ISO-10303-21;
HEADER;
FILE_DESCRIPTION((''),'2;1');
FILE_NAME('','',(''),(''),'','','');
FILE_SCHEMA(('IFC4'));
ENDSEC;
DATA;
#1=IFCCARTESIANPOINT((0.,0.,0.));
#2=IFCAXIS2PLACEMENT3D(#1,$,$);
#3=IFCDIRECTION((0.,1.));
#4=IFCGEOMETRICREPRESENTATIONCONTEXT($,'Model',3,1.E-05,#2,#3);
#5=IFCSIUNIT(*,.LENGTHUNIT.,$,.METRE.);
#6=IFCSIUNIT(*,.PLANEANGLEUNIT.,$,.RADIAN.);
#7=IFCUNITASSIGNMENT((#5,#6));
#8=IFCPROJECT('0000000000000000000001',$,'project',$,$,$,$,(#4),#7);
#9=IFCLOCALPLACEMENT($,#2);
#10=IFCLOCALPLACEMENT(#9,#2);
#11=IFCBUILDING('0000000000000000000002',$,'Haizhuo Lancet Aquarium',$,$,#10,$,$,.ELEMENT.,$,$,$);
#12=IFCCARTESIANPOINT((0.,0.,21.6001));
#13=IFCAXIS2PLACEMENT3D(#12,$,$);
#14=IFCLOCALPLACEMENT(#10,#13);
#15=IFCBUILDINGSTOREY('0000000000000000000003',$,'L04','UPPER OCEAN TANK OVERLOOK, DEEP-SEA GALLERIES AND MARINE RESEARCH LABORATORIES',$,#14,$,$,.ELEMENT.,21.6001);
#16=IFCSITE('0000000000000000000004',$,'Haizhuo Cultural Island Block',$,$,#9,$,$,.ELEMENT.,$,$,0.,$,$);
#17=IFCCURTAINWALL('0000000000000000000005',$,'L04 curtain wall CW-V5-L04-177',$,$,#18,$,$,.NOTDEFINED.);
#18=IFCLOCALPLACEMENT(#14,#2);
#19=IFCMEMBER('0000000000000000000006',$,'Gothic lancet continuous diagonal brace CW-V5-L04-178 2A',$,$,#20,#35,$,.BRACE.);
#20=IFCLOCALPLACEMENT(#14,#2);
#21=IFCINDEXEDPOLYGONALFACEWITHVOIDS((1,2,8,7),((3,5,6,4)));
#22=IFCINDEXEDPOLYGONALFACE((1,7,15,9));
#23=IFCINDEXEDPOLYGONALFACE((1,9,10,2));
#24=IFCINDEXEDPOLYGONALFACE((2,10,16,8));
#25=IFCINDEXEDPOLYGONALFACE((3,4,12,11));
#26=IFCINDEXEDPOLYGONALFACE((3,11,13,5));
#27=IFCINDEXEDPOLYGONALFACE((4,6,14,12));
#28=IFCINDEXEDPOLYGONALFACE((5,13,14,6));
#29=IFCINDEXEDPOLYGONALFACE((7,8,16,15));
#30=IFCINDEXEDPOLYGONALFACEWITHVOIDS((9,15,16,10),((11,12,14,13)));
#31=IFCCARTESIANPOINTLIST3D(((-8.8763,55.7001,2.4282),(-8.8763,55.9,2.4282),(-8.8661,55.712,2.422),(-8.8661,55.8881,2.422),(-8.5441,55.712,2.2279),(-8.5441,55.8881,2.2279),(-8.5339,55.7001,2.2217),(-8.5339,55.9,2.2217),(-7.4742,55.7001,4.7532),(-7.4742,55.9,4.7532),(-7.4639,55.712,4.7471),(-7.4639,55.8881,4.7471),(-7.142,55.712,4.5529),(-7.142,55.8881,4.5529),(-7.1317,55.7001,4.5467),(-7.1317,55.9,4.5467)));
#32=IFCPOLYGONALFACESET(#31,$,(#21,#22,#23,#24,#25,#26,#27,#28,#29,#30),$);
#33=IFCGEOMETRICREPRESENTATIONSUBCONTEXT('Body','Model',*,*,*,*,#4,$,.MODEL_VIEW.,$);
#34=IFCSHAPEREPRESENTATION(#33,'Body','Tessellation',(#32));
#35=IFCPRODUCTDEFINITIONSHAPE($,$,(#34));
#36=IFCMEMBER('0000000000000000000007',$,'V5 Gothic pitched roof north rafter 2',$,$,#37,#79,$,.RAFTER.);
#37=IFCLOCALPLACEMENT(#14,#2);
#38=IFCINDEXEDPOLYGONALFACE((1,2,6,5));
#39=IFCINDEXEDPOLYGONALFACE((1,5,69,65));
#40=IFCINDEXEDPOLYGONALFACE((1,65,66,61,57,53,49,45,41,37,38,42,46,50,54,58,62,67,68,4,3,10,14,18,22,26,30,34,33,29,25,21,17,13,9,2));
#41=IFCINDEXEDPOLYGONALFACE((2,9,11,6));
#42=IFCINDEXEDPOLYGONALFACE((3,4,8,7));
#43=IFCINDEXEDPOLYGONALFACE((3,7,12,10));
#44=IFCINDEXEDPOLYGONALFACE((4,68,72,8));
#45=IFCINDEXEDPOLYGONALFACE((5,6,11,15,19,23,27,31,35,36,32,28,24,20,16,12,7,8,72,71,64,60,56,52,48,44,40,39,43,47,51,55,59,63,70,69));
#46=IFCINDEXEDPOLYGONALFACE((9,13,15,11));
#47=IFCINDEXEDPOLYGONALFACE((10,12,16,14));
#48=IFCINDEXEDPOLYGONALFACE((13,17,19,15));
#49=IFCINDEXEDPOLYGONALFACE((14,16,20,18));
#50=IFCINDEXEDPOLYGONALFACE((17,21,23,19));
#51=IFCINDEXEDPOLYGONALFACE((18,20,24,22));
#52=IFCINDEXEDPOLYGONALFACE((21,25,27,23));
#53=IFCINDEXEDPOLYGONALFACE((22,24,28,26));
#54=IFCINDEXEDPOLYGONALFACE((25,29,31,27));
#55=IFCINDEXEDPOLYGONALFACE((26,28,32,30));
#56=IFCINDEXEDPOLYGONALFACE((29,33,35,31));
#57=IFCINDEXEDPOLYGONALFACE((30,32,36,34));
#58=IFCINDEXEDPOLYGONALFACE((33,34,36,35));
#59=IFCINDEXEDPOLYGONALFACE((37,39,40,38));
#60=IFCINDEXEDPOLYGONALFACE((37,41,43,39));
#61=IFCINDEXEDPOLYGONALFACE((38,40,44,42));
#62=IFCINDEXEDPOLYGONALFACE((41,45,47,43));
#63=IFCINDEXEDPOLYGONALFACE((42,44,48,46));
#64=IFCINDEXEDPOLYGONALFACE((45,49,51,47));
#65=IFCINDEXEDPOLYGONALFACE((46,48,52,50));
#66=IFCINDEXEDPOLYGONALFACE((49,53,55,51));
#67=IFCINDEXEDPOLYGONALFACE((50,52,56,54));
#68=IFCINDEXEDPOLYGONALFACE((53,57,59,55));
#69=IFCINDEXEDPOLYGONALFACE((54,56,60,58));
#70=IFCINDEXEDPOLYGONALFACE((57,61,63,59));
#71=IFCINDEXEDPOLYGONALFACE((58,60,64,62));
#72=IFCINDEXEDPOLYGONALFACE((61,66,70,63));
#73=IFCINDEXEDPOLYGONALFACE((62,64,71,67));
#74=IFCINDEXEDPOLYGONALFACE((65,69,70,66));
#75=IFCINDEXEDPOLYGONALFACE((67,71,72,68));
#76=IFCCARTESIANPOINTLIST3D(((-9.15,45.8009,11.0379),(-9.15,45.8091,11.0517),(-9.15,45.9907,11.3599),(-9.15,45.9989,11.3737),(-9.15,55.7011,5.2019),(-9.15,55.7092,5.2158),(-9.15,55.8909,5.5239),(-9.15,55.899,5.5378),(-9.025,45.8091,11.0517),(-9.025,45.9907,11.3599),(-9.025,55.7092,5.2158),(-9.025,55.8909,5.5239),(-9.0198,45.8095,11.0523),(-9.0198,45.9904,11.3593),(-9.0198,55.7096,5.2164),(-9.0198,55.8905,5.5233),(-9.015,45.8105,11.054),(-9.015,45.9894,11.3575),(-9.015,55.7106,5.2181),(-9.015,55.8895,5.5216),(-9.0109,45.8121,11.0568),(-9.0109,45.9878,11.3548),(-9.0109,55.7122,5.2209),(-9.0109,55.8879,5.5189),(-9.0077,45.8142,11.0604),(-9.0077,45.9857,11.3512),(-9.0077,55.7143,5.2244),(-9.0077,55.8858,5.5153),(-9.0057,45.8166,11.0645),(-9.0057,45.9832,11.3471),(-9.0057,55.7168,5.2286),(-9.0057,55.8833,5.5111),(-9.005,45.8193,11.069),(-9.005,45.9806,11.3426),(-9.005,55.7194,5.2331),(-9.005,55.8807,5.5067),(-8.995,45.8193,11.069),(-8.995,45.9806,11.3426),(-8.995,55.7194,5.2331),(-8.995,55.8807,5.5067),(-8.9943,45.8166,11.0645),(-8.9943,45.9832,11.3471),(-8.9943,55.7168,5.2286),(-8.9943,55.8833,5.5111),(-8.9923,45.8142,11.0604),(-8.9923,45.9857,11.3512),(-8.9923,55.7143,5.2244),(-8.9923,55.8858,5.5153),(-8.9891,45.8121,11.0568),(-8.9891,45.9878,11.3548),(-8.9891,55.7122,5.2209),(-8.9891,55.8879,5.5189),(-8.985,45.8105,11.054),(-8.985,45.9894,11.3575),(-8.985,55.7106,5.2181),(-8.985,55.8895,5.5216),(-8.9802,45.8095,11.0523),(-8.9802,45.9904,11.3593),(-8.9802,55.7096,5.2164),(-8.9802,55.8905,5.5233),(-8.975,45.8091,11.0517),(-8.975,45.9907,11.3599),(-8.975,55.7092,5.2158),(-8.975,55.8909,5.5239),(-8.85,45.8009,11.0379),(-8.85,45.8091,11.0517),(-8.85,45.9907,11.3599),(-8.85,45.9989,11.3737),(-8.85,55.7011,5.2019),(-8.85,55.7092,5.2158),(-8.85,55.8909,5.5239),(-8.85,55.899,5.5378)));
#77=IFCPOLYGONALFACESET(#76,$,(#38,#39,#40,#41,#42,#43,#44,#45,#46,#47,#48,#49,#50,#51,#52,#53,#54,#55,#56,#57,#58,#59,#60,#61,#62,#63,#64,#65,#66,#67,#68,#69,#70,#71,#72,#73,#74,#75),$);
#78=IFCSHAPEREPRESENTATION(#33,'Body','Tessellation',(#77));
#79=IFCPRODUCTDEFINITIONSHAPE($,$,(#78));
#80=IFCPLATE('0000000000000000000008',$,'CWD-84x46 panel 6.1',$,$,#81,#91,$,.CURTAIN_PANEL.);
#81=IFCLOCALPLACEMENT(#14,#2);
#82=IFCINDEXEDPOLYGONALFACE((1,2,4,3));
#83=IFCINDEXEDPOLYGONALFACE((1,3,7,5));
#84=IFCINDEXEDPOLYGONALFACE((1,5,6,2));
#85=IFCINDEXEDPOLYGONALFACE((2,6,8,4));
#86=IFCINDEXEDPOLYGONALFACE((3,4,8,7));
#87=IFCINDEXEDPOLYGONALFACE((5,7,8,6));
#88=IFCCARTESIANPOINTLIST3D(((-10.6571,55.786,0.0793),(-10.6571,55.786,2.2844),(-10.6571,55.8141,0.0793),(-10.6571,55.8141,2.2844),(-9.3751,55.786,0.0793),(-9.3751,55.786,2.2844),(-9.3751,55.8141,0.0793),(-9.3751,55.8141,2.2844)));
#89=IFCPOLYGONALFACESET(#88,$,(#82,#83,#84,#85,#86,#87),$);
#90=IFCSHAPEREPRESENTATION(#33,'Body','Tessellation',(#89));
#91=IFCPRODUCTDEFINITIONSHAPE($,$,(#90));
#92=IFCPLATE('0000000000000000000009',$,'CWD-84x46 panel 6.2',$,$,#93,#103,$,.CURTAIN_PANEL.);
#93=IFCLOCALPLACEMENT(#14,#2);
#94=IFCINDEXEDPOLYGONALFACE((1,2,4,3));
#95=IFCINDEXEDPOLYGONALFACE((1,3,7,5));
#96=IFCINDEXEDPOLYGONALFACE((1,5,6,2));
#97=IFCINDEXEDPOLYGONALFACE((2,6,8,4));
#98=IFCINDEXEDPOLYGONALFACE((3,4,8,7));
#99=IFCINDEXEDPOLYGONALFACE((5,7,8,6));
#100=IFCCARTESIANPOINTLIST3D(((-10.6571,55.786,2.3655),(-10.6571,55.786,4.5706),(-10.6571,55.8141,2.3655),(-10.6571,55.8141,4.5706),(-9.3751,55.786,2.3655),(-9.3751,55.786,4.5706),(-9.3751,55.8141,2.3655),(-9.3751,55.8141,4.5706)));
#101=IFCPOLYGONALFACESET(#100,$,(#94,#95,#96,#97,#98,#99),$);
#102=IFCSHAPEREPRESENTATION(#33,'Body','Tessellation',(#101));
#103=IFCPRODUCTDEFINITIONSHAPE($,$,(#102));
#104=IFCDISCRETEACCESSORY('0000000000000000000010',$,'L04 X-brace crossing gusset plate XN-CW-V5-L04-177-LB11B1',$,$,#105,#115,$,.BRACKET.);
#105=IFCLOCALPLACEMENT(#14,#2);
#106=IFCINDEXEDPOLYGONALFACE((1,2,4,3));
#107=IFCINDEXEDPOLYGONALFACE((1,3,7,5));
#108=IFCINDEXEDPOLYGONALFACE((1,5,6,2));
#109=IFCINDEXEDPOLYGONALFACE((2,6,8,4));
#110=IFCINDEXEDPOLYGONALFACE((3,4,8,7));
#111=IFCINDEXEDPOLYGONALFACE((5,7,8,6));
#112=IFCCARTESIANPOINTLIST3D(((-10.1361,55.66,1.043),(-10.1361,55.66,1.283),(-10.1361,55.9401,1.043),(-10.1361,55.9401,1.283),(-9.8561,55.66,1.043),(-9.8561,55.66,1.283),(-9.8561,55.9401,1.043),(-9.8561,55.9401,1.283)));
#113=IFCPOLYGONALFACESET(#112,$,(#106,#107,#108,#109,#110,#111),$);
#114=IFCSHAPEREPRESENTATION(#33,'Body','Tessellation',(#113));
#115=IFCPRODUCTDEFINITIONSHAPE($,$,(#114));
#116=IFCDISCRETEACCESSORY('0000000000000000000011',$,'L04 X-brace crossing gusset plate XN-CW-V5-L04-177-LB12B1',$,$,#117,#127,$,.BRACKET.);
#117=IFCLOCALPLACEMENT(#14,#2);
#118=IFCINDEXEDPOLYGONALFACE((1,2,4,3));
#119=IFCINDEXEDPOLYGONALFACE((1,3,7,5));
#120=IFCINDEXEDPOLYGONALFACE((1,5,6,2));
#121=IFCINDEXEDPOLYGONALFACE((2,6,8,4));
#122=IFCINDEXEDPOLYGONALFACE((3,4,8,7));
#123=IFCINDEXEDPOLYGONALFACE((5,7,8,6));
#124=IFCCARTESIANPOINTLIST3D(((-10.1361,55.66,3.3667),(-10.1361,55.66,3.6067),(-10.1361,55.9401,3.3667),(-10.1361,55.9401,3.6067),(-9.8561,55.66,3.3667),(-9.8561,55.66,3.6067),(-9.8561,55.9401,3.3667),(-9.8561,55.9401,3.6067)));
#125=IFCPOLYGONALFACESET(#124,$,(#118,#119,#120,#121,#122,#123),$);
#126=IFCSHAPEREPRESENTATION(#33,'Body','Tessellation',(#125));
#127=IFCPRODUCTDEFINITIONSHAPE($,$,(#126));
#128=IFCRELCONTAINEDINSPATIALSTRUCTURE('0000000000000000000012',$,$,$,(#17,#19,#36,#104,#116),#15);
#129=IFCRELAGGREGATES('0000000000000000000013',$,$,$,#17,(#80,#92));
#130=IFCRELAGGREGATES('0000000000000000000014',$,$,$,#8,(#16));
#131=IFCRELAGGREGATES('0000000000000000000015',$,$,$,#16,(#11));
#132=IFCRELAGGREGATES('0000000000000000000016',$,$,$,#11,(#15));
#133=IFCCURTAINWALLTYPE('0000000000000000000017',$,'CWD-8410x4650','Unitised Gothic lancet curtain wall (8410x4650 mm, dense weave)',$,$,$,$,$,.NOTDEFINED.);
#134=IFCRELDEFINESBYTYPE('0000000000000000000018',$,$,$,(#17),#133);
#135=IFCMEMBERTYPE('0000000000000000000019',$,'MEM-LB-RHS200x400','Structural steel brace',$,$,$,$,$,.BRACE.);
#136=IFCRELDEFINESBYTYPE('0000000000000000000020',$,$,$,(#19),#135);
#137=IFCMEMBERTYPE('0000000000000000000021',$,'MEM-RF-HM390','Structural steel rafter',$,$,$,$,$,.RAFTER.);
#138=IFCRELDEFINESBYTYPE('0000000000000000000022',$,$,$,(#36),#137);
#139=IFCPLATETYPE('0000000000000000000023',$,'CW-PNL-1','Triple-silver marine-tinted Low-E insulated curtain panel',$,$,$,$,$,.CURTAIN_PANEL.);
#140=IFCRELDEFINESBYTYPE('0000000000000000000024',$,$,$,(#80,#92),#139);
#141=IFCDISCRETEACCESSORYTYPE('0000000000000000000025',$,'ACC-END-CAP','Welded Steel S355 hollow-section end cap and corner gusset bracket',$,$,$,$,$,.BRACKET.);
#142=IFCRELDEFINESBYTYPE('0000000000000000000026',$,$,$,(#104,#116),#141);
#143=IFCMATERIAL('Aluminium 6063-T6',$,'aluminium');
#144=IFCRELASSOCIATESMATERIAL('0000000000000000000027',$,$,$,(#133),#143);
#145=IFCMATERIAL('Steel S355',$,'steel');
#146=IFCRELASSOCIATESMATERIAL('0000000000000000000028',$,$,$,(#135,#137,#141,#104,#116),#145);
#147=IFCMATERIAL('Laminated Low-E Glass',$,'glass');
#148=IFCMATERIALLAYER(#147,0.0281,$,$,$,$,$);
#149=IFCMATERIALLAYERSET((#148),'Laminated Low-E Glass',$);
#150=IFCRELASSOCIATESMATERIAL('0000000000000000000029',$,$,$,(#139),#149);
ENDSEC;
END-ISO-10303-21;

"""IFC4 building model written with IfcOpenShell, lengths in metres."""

from ifc_helpers import new_model, si_unit, direction, frame, origin, origin_2d, place, context, subcontext, project, spatial, rectangle, hollow_rectangle, i_section, extrude, material, layer, layer_set, material_profile, profile_set, type_object, element, aggregate, save


model = new_model("IFC4")

# Units and contexts
model_context = context("Model", 3, precision=1e-05, world=origin(), true_north=direction((0.0, 1.0)))
body_context = subcontext(model_context, "Body", "Model", "MODEL_VIEW")
ifc_project = project(units=[si_unit("LENGTHUNIT", "METRE"), si_unit("PLANEANGLEUNIT", "RADIAN")], contexts=[model_context])

# Site, building, storey
site_placement = place(None, origin())
site = spatial("IfcSite", under=ifc_project, at=site_placement, Name="Haizhuo Cultural Island Block", CompositionType="ELEMENT", RefElevation=0.0)
building_placement = place(site_placement, origin())
building = spatial("IfcBuilding", under=site, at=building_placement, Name="Haizhuo Lancet Aquarium", CompositionType="ELEMENT")
storey_placement = place(building_placement, frame((0.0, 0.0, 21.6001)))
storey = spatial("IfcBuildingStorey", under=building, at=storey_placement, Name="L04", Description="UPPER OCEAN TANK OVERLOOK, DEEP-SEA GALLERIES AND MARINE RESEARCH LABORATORIES", CompositionType="ELEMENT", Elevation=21.6001)

# Shared definitions
ifc_material_1 = material(Name="Aluminium 6063-T6", Category="aluminium")
curtain_wall_type = type_object("IfcCurtainWallType", Name="CWD-8410x4650", Description="Unitised Gothic lancet curtain wall (8410x4650 mm, dense weave)", PredefinedType="NOTDEFINED", material=ifc_material_1)

# Curtain wall
curtain_wall_1_placement = place(storey_placement, origin())
curtain_wall_1 = element("IfcCurtainWall", 1, at=curtain_wall_1_placement, inside=storey, type_object=curtain_wall_type, Name="L04 curtain wall CW-V5-L04-177", PredefinedType="NOTDEFINED")

# Members
ifc_material_2 = material(Name="Steel S355", Category="steel")
ifc_material_profile_1 = material_profile(ifc_material_2, hollow_rectangle(XDim=0.2, YDim=0.3999, WallThickness=0.012, at=origin_2d()), Name="RHS 200x400x12")
ifc_profile_set_1 = profile_set([ifc_material_profile_1], Name="Steel S355")
member_type_1 = type_object("IfcMemberType", Name="MEM-LB-RHS200x400", Description="Structural steel brace", PredefinedType="BRACE", material=ifc_profile_set_1)
member_1_placement = place(storey_placement, frame((-8.7051, 55.8, 2.325), z_axis=(0.516425, 0.0, 0.856332), x_axis=(0.0, 1.0, 0.0)))
element("IfcMember", 2, at=member_1_placement, inside=storey, type_object=member_type_1, Name="Gothic lancet continuous diagonal brace CW-V5-L04-178 2A", PredefinedType="BRACE", context=body_context, shape_type="SweptSolid", body=[
    extrude(hollow_rectangle(XDim=0.2, YDim=0.3999, WallThickness=0.012, at=origin_2d()), origin(), (0.0, 0.0, 1.0), 2.7151),
])
ifc_material_profile_2 = material_profile(ifc_material_2, i_section(OverallWidth=0.3, OverallDepth=0.3899, WebThickness=0.01, FlangeThickness=0.0161, FilletRadius=0.02, at=origin_2d()), Name="HM 390x300x10x16")
ifc_profile_set_2 = profile_set([ifc_material_profile_2], Name="Steel S355")
member_type_2 = type_object("IfcMemberType", Name="MEM-RF-HM390", Description="Structural steel rafter", PredefinedType="RAFTER", material=ifc_profile_set_2)
member_2_placement = place(storey_placement, frame((-9.0, 55.8, 5.3699), z_axis=(0.0, -0.861465, 0.507816), x_axis=(1.0, 0.0, 0.0)))
element("IfcMember", 3, at=member_2_placement, inside=storey, type_object=member_type_2, Name="V5 Gothic pitched roof north rafter 2", PredefinedType="RAFTER", context=body_context, shape_type="SweptSolid", body=[
    extrude(i_section(OverallWidth=0.3, OverallDepth=0.3899, WebThickness=0.01, FlangeThickness=0.0161, FilletRadius=0.02, at=origin_2d()), origin(), (0.0, 0.0, 1.0), 11.4922),
])

# Plates
ifc_material_3 = material(Name="Laminated Low-E Glass", Category="glass")
ifc_layer = layer(ifc_material_3, 0.0281)
ifc_layer_set = layer_set([ifc_layer], Name="Laminated Low-E Glass")
plate_type = type_object("IfcPlateType", Name="CW-PNL-1", Description="Triple-silver marine-tinted Low-E insulated curtain panel", PredefinedType="CURTAIN_PANEL", material=ifc_layer_set)
plate_1_placement = place(storey_placement, frame((-10.0161, 55.8, 0.0793), z_axis=(0.0, 0.0, 1.0), x_axis=(1.0, 0.0, 0.0)))
plate_1 = element("IfcPlate", 4, at=plate_1_placement, type_object=plate_type, Name="CWD-84x46 panel 6.1", PredefinedType="CURTAIN_PANEL", context=body_context, shape_type="SweptSolid", body=[
    extrude(rectangle(XDim=1.282, YDim=0.0281, at=origin_2d()), origin(), (0.0, 0.0, 1.0), 2.2051),
])
plate_2_placement = place(storey_placement, frame((-10.0161, 55.8, 2.3655), z_axis=(0.0, 0.0, 1.0), x_axis=(1.0, 0.0, 0.0)))
plate_2 = element("IfcPlate", 5, at=plate_2_placement, type_object=plate_type, Name="CWD-84x46 panel 6.2", PredefinedType="CURTAIN_PANEL", context=body_context, shape_type="SweptSolid", body=[
    extrude(rectangle(XDim=1.282, YDim=0.0281, at=origin_2d()), origin(), (0.0, 0.0, 1.0), 2.2051),
])
aggregate(curtain_wall_1, [plate_1, plate_2])

# Discrete accessories
discrete_accessory_type = type_object("IfcDiscreteAccessoryType", Name="ACC-END-CAP", Description="Welded Steel S355 hollow-section end cap and corner gusset bracket", PredefinedType="BRACKET", material=ifc_material_2)
for number, where, z_axis, x_axis, name in (
    (6, (-9.9961, 55.8, 1.043), (0.0, 0.0, 1.0), (1.0, 0.0, 0.0), "L04 X-brace crossing gusset plate XN-CW-V5-L04-177-LB11B1"),
    (7, (-9.9961, 55.8, 3.3667), (0.0, 0.0, 1.0), (1.0, 0.0, 0.0), "L04 X-brace crossing gusset plate XN-CW-V5-L04-177-LB12B1"),
):
    element("IfcDiscreteAccessory", number, at=place(storey_placement, frame(where, z_axis=z_axis, x_axis=x_axis)), inside=storey, type_object=discrete_accessory_type, material=ifc_material_2, Name=name, PredefinedType="BRACKET", context=body_context, shape_type="SweptSolid", body=[
        extrude(rectangle(XDim=0.28, YDim=0.28, at=origin_2d()), origin(), (0.0, 0.0, 1.0), 0.24),
    ])

save(model, "model.ifc")
